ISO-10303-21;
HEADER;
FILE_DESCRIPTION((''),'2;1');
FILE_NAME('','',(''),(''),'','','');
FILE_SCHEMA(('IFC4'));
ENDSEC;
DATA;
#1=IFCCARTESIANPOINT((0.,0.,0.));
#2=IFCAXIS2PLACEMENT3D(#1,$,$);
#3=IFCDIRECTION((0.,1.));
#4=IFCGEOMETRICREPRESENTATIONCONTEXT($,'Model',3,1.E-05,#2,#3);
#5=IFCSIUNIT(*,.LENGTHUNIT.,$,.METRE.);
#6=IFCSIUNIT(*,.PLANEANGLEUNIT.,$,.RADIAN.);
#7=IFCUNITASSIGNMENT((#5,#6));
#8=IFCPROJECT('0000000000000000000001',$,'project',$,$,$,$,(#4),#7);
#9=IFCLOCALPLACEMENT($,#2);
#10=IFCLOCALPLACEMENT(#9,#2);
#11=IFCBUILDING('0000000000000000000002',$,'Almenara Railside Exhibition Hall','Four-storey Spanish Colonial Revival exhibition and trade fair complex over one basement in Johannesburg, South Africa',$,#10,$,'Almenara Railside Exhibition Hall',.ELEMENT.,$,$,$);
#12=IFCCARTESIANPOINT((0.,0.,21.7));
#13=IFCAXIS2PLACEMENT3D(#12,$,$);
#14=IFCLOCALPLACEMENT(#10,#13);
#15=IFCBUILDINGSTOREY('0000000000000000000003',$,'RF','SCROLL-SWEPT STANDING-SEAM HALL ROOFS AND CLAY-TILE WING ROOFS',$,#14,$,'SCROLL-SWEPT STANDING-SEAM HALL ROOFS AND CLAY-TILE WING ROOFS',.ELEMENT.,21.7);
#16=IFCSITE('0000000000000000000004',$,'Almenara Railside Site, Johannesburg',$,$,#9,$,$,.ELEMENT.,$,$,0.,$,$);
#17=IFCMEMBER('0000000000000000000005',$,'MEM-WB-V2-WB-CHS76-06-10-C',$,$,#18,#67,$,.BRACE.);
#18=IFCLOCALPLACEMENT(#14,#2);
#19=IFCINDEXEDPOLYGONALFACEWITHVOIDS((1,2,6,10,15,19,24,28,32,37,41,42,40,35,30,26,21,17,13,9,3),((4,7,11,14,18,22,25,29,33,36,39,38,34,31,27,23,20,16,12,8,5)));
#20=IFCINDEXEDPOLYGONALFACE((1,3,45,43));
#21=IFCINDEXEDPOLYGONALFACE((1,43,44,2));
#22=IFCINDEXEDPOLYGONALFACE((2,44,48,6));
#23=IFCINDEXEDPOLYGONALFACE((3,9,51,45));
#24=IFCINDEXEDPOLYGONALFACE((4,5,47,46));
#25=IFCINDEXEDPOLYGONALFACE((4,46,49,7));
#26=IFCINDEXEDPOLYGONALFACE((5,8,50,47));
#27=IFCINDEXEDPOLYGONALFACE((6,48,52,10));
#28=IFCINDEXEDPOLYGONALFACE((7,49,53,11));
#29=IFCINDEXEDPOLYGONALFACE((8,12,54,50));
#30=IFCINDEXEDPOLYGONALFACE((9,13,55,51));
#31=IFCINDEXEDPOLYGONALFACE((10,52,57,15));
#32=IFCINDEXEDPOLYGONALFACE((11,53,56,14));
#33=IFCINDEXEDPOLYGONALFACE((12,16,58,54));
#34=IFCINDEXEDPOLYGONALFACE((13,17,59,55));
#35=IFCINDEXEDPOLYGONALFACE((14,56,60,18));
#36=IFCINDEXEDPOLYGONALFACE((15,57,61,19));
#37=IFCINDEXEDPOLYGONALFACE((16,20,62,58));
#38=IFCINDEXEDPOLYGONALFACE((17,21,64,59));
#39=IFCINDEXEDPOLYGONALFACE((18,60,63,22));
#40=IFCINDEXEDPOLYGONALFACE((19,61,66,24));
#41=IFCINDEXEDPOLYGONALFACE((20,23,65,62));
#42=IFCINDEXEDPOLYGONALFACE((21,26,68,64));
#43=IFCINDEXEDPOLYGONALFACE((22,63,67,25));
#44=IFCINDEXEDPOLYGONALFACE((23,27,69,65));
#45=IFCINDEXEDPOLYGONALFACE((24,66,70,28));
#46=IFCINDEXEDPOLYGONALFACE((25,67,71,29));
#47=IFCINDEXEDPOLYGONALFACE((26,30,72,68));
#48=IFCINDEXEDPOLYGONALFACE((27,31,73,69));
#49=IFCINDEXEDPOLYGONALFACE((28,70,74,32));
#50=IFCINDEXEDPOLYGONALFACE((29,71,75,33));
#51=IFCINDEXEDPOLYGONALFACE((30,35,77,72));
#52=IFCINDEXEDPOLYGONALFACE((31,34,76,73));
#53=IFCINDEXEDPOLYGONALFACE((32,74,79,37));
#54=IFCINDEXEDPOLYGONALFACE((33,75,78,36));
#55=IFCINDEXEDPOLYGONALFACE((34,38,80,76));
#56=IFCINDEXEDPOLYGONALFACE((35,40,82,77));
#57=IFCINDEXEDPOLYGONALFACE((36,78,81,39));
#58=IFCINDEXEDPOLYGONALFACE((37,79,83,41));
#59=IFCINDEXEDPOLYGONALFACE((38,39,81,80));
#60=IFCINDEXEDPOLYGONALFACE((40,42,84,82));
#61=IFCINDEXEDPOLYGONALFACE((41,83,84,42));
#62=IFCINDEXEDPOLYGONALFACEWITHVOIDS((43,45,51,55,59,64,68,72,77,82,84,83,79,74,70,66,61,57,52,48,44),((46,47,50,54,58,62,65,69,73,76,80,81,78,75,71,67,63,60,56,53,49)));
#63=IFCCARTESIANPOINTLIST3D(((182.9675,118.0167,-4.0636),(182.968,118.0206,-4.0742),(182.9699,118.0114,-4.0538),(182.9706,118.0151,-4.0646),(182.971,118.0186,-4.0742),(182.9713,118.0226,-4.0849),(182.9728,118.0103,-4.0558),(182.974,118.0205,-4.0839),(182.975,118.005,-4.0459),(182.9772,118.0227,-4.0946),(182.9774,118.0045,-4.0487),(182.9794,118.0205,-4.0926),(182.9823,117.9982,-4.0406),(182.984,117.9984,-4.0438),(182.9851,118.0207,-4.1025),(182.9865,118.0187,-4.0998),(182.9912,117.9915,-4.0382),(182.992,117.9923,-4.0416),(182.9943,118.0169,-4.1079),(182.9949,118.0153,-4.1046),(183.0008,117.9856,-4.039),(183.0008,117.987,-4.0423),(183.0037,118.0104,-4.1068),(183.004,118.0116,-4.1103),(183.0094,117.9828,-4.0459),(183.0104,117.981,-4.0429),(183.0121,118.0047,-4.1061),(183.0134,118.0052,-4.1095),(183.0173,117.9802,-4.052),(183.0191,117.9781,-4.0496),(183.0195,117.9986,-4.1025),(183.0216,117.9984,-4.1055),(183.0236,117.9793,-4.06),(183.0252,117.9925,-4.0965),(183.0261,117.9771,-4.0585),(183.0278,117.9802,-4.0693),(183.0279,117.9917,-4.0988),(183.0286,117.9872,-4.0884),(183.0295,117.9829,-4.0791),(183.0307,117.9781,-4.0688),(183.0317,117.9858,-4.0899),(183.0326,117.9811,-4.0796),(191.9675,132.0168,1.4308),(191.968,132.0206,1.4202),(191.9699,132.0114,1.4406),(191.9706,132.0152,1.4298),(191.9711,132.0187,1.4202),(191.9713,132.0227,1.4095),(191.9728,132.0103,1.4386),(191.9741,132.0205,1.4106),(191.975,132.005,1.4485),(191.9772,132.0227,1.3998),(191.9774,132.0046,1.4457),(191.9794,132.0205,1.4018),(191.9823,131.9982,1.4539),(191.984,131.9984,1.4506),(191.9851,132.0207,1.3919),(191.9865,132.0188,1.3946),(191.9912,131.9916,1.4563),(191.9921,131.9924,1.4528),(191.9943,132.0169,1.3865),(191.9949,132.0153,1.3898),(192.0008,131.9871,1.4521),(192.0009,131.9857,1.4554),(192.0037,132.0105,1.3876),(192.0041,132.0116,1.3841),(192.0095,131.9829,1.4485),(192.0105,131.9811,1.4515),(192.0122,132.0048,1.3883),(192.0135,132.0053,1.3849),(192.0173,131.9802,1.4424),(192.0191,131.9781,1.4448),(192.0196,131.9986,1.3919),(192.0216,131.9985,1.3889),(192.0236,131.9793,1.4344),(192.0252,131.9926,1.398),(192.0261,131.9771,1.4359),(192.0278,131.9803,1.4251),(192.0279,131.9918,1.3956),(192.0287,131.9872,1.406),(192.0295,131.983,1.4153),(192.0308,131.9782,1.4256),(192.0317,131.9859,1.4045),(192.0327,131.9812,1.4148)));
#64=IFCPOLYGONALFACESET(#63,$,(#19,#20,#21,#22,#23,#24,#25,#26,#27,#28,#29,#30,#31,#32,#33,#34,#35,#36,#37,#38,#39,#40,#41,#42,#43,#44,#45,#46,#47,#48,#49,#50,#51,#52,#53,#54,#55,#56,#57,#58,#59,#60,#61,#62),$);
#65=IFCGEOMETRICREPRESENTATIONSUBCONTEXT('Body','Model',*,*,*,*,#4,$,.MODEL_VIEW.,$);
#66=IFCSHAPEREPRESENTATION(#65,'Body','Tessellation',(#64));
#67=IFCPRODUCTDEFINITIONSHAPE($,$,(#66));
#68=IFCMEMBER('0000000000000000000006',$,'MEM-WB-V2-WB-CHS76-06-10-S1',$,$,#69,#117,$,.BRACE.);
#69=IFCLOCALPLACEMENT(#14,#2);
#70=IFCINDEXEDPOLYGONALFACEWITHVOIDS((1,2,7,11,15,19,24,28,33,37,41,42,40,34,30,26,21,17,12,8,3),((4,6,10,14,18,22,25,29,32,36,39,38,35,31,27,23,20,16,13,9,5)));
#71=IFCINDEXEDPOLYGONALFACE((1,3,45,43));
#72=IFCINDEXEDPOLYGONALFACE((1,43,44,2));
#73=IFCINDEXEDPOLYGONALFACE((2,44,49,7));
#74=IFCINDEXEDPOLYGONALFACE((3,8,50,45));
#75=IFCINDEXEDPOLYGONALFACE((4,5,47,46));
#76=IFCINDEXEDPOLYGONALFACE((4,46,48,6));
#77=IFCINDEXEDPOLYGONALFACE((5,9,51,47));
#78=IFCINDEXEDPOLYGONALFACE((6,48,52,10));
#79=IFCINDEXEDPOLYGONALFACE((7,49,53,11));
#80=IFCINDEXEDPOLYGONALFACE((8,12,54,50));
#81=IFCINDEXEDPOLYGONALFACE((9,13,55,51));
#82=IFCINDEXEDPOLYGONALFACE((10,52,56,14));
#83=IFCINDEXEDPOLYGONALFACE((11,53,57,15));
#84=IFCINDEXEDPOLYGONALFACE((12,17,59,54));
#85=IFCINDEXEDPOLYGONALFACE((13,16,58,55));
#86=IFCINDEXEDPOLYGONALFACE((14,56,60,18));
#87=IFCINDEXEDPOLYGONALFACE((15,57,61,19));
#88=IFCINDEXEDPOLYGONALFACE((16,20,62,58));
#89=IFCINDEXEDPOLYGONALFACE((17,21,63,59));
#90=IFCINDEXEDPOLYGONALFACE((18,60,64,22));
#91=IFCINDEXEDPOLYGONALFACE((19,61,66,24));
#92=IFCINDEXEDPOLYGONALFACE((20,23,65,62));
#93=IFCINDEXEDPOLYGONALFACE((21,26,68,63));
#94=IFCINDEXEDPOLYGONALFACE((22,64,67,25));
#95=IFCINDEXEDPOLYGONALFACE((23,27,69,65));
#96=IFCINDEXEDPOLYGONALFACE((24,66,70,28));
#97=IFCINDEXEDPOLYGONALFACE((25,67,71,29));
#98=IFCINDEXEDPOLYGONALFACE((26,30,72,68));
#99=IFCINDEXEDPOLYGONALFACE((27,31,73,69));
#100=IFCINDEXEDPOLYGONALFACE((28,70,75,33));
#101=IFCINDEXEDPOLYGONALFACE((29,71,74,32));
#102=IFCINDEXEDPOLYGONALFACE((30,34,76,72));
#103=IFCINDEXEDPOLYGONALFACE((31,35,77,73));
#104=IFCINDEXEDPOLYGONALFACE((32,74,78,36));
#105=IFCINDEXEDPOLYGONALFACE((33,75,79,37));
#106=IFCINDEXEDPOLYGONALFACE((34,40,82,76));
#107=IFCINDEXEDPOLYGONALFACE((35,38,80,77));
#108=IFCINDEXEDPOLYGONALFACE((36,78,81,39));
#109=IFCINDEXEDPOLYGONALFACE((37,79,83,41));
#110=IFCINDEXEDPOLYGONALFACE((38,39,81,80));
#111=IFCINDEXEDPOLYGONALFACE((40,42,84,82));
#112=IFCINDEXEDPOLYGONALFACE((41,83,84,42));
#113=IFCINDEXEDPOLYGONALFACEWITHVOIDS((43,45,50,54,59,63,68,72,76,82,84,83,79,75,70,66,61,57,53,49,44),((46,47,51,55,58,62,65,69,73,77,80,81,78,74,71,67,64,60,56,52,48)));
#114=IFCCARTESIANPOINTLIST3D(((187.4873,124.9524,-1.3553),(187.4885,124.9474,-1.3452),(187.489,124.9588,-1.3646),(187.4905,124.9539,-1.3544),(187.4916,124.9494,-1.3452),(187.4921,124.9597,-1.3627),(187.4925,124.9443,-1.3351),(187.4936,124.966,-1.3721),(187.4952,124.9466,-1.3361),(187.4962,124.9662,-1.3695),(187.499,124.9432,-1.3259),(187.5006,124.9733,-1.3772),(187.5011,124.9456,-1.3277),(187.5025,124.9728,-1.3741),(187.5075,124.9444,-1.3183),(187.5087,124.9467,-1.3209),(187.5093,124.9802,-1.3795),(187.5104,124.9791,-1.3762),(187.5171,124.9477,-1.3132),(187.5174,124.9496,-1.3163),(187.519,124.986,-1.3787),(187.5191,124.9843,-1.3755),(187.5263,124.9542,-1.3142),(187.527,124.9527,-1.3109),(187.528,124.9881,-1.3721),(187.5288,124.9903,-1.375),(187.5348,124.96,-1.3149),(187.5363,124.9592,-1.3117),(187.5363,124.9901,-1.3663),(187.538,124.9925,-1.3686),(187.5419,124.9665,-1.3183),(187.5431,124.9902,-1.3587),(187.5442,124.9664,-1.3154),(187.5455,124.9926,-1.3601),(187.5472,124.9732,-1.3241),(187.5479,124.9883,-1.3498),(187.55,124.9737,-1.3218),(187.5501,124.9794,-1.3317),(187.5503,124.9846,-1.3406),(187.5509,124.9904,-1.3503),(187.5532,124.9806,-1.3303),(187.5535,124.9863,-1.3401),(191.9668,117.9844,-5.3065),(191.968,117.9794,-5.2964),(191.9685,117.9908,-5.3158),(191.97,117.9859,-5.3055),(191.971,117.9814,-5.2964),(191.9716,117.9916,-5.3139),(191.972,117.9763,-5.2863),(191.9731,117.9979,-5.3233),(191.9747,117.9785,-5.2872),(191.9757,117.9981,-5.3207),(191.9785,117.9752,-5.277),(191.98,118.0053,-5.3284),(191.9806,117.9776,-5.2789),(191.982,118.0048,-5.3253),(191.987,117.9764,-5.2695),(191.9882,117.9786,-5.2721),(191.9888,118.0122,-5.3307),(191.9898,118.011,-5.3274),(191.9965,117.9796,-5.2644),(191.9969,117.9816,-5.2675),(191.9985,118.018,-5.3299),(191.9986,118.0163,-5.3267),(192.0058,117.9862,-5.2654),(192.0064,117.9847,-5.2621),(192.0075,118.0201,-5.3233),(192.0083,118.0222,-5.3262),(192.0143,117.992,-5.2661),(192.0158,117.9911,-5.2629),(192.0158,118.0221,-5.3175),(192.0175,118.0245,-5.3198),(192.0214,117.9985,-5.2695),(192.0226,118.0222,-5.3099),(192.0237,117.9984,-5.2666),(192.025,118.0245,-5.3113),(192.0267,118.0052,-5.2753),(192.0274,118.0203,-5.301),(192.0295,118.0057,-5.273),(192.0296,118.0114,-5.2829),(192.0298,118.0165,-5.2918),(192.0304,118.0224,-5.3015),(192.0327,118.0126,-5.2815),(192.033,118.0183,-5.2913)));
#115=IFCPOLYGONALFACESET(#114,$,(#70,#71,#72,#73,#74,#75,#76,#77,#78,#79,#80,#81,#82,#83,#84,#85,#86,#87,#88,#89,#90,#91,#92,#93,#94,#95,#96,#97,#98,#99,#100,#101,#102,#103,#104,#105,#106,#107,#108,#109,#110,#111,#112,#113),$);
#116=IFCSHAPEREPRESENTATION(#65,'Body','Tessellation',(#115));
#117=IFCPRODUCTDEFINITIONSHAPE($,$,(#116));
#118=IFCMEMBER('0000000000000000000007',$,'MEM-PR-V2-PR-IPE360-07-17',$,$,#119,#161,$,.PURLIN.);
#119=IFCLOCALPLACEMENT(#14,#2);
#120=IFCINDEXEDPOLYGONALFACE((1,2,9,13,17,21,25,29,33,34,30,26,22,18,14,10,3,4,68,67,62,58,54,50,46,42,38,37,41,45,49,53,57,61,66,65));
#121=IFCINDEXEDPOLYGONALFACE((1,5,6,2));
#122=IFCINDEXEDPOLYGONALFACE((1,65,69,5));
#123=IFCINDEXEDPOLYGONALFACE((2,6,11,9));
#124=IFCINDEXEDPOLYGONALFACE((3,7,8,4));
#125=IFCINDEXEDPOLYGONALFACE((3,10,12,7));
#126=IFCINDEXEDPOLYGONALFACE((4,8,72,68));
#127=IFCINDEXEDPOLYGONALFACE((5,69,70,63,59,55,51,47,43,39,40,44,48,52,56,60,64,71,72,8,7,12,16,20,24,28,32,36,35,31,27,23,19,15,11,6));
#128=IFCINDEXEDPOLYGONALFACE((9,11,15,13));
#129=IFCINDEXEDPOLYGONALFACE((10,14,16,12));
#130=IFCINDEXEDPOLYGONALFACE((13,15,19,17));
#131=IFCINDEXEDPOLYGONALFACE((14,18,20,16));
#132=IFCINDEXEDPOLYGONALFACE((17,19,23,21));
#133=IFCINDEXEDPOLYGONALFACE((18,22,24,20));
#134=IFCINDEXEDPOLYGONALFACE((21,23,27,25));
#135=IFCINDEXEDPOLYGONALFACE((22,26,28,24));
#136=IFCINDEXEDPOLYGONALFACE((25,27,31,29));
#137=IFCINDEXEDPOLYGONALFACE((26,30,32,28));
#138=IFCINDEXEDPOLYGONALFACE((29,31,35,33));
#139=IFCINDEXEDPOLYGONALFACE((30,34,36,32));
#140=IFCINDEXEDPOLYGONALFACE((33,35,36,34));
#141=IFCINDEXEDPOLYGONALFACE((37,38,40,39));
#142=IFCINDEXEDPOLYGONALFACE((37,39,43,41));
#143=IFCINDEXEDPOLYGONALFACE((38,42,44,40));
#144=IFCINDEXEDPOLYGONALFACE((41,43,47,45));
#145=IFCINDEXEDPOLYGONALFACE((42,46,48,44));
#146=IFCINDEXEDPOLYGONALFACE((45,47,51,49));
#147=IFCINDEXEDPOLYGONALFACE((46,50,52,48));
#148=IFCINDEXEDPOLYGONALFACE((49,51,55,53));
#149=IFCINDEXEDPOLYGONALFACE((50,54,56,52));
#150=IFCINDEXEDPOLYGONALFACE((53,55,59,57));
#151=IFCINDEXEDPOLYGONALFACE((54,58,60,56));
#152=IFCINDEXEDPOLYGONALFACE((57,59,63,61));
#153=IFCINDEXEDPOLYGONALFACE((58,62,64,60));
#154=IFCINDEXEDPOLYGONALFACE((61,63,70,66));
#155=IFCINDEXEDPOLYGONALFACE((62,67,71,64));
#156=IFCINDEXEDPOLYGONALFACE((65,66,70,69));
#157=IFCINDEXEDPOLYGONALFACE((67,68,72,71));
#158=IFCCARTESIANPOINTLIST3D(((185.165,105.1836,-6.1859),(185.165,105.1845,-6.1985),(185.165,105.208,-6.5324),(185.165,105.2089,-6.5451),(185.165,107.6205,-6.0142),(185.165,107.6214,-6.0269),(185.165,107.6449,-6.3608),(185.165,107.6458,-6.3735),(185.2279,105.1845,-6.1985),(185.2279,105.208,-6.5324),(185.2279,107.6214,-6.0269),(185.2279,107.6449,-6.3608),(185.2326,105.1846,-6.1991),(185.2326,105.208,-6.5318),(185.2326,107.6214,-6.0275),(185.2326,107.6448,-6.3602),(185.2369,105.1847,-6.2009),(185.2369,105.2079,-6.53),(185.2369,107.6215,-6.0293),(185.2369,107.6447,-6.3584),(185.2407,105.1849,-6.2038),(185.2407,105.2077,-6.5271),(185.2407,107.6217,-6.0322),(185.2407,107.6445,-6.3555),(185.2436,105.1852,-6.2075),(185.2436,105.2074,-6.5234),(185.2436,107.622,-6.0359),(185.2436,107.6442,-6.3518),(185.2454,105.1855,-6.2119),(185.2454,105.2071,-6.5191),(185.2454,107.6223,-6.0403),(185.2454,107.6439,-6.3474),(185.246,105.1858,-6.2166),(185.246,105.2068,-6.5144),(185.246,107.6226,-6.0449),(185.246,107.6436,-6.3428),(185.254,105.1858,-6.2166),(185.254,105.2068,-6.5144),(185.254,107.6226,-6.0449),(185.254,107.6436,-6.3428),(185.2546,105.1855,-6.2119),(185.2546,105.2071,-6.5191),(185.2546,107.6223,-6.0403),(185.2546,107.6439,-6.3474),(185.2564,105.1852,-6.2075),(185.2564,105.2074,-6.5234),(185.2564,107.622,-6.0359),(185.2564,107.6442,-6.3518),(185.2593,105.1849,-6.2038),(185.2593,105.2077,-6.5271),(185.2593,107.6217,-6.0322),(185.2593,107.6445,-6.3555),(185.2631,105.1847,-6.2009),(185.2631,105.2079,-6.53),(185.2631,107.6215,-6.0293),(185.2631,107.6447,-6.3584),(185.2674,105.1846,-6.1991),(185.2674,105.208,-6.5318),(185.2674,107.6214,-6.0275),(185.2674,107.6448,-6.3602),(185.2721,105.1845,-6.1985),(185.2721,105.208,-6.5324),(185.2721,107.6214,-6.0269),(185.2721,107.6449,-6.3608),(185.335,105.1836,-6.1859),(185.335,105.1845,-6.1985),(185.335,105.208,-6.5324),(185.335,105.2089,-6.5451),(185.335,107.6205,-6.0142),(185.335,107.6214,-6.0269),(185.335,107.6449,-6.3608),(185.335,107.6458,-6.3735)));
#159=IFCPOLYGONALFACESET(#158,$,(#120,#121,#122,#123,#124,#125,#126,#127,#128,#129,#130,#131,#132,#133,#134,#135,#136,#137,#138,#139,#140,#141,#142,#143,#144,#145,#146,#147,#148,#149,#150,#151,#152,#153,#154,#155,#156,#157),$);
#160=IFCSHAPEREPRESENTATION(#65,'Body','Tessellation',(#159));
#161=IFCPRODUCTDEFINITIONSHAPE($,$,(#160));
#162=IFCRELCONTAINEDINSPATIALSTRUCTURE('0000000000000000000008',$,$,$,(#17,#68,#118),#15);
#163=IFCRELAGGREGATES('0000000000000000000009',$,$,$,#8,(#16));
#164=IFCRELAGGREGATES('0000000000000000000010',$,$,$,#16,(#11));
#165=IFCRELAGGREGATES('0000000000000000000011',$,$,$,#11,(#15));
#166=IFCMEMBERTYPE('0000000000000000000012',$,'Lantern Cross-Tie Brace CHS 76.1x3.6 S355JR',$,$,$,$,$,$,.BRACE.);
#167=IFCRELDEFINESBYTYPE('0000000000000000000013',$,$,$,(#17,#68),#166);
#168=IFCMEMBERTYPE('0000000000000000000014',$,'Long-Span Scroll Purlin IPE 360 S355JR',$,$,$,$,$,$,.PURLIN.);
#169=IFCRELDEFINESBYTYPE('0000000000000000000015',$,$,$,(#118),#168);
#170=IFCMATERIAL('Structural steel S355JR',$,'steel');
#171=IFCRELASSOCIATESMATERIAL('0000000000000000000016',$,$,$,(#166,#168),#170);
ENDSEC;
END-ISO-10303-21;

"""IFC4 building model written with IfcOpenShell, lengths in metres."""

from ifc_helpers import new_model, si_unit, direction, frame, origin, origin_2d, place, context, subcontext, project, spatial, hollow_circle, i_section, extrude, material, material_profile, profile_set, type_object, element, save


model = new_model("IFC4")

# Units and contexts
model_context = context("Model", 3, precision=1e-05, world=origin(), true_north=direction((0.0, 1.0)))
body_context = subcontext(model_context, "Body", "Model", "MODEL_VIEW")
ifc_project = project(units=[si_unit("LENGTHUNIT", "METRE"), si_unit("PLANEANGLEUNIT", "RADIAN")], contexts=[model_context])

# Site, building, storey
site_placement = place(None, origin())
site = spatial("IfcSite", under=ifc_project, at=site_placement, Name="Almenara Railside Site, Johannesburg", CompositionType="ELEMENT", RefElevation=0.0)
building_placement = place(site_placement, origin())
building = spatial("IfcBuilding", under=site, at=building_placement, Name="Almenara Railside Exhibition Hall", Description="Four-storey Spanish Colonial Revival exhibition and trade fair complex over one basement in Johannesburg, South Africa", LongName="Almenara Railside Exhibition Hall", CompositionType="ELEMENT")
storey_placement = place(building_placement, frame((0.0, 0.0, 21.7)))
storey = spatial("IfcBuildingStorey", under=building, at=storey_placement, Name="RF", Description="SCROLL-SWEPT STANDING-SEAM HALL ROOFS AND CLAY-TILE WING ROOFS", LongName="SCROLL-SWEPT STANDING-SEAM HALL ROOFS AND CLAY-TILE WING ROOFS", CompositionType="ELEMENT", Elevation=21.7)

# Shared definitions
ifc_material = material(Name="Structural steel S355JR", Category="steel")

# Members
ifc_material_profile_1 = material_profile(ifc_material, hollow_circle(Radius=0.0381, WallThickness=0.0037, at=origin_2d()), Name="CHS 76.1x3.6")
ifc_profile_set_1 = profile_set([ifc_material_profile_1], Name="Structural steel S355JR")
member_type_1 = type_object("IfcMemberType", Name="Lantern Cross-Tie Brace CHS 76.1x3.6 S355JR", PredefinedType="BRACE", material=ifc_profile_set_1)
member_1_placement = place(storey_placement, frame((183.0, 118.0, -4.0742), z_axis=(0.5135, 0.798777, 0.313485), x_axis=(-0.841178, 0.540758, 0.0)))
element("IfcMember", 1, at=member_1_placement, inside=storey, type_object=member_type_1, Name="MEM-WB-V2-WB-CHS76-06-10-C", PredefinedType="BRACE", context=body_context, shape_type="SweptSolid", body=[
    extrude(hollow_circle(Radius=0.0381, WallThickness=0.0037, at=origin_2d()), origin(), (0.0, 0.0, 1.0), 17.5269),
])
member_2_placement = place(storey_placement, frame((192.0, 118.0, -5.2964), z_axis=(-0.488082, 0.75923, 0.430517), x_axis=(-0.841176, -0.540762, 0.0)))
element("IfcMember", 2, at=member_2_placement, inside=storey, type_object=member_type_1, Name="MEM-WB-V2-WB-CHS76-06-10-S1", PredefinedType="BRACE", context=body_context, shape_type="SweptSolid", body=[
    extrude(hollow_circle(Radius=0.0381, WallThickness=0.0037, at=origin_2d()), origin(), (0.0, 0.0, 1.0), 9.1777),
])
ifc_material_profile_2 = material_profile(ifc_material, i_section(OverallWidth=0.1699, OverallDepth=0.3601, WebThickness=0.0081, FlangeThickness=0.0127, FilletRadius=0.0181, at=origin_2d()), Name="IPE 360")
ifc_profile_set_2 = profile_set([ifc_material_profile_2], Name="Structural steel S355JR")
member_type_2 = type_object("IfcMemberType", Name="Long-Span Scroll Purlin IPE 360 S355JR", PredefinedType="PURLIN", material=ifc_profile_set_2)
member_3_placement = place(storey_placement, frame((185.25, 105.1963, -6.3655), z_axis=(0.0, 0.997529, 0.07026), x_axis=(-1.0, 0.0, 0.0)))
element("IfcMember", 3, at=member_3_placement, inside=storey, type_object=member_type_2, Name="MEM-PR-V2-PR-IPE360-07-17", PredefinedType="PURLIN", context=body_context, shape_type="SweptSolid", body=[
    extrude(i_section(OverallWidth=0.1699, OverallDepth=0.3601, WebThickness=0.0081, FlangeThickness=0.0127, FilletRadius=0.0181, at=origin_2d()), origin(), (0.0, 0.0, 1.0), 2.4429),
])

save(model, "model.ifc")
